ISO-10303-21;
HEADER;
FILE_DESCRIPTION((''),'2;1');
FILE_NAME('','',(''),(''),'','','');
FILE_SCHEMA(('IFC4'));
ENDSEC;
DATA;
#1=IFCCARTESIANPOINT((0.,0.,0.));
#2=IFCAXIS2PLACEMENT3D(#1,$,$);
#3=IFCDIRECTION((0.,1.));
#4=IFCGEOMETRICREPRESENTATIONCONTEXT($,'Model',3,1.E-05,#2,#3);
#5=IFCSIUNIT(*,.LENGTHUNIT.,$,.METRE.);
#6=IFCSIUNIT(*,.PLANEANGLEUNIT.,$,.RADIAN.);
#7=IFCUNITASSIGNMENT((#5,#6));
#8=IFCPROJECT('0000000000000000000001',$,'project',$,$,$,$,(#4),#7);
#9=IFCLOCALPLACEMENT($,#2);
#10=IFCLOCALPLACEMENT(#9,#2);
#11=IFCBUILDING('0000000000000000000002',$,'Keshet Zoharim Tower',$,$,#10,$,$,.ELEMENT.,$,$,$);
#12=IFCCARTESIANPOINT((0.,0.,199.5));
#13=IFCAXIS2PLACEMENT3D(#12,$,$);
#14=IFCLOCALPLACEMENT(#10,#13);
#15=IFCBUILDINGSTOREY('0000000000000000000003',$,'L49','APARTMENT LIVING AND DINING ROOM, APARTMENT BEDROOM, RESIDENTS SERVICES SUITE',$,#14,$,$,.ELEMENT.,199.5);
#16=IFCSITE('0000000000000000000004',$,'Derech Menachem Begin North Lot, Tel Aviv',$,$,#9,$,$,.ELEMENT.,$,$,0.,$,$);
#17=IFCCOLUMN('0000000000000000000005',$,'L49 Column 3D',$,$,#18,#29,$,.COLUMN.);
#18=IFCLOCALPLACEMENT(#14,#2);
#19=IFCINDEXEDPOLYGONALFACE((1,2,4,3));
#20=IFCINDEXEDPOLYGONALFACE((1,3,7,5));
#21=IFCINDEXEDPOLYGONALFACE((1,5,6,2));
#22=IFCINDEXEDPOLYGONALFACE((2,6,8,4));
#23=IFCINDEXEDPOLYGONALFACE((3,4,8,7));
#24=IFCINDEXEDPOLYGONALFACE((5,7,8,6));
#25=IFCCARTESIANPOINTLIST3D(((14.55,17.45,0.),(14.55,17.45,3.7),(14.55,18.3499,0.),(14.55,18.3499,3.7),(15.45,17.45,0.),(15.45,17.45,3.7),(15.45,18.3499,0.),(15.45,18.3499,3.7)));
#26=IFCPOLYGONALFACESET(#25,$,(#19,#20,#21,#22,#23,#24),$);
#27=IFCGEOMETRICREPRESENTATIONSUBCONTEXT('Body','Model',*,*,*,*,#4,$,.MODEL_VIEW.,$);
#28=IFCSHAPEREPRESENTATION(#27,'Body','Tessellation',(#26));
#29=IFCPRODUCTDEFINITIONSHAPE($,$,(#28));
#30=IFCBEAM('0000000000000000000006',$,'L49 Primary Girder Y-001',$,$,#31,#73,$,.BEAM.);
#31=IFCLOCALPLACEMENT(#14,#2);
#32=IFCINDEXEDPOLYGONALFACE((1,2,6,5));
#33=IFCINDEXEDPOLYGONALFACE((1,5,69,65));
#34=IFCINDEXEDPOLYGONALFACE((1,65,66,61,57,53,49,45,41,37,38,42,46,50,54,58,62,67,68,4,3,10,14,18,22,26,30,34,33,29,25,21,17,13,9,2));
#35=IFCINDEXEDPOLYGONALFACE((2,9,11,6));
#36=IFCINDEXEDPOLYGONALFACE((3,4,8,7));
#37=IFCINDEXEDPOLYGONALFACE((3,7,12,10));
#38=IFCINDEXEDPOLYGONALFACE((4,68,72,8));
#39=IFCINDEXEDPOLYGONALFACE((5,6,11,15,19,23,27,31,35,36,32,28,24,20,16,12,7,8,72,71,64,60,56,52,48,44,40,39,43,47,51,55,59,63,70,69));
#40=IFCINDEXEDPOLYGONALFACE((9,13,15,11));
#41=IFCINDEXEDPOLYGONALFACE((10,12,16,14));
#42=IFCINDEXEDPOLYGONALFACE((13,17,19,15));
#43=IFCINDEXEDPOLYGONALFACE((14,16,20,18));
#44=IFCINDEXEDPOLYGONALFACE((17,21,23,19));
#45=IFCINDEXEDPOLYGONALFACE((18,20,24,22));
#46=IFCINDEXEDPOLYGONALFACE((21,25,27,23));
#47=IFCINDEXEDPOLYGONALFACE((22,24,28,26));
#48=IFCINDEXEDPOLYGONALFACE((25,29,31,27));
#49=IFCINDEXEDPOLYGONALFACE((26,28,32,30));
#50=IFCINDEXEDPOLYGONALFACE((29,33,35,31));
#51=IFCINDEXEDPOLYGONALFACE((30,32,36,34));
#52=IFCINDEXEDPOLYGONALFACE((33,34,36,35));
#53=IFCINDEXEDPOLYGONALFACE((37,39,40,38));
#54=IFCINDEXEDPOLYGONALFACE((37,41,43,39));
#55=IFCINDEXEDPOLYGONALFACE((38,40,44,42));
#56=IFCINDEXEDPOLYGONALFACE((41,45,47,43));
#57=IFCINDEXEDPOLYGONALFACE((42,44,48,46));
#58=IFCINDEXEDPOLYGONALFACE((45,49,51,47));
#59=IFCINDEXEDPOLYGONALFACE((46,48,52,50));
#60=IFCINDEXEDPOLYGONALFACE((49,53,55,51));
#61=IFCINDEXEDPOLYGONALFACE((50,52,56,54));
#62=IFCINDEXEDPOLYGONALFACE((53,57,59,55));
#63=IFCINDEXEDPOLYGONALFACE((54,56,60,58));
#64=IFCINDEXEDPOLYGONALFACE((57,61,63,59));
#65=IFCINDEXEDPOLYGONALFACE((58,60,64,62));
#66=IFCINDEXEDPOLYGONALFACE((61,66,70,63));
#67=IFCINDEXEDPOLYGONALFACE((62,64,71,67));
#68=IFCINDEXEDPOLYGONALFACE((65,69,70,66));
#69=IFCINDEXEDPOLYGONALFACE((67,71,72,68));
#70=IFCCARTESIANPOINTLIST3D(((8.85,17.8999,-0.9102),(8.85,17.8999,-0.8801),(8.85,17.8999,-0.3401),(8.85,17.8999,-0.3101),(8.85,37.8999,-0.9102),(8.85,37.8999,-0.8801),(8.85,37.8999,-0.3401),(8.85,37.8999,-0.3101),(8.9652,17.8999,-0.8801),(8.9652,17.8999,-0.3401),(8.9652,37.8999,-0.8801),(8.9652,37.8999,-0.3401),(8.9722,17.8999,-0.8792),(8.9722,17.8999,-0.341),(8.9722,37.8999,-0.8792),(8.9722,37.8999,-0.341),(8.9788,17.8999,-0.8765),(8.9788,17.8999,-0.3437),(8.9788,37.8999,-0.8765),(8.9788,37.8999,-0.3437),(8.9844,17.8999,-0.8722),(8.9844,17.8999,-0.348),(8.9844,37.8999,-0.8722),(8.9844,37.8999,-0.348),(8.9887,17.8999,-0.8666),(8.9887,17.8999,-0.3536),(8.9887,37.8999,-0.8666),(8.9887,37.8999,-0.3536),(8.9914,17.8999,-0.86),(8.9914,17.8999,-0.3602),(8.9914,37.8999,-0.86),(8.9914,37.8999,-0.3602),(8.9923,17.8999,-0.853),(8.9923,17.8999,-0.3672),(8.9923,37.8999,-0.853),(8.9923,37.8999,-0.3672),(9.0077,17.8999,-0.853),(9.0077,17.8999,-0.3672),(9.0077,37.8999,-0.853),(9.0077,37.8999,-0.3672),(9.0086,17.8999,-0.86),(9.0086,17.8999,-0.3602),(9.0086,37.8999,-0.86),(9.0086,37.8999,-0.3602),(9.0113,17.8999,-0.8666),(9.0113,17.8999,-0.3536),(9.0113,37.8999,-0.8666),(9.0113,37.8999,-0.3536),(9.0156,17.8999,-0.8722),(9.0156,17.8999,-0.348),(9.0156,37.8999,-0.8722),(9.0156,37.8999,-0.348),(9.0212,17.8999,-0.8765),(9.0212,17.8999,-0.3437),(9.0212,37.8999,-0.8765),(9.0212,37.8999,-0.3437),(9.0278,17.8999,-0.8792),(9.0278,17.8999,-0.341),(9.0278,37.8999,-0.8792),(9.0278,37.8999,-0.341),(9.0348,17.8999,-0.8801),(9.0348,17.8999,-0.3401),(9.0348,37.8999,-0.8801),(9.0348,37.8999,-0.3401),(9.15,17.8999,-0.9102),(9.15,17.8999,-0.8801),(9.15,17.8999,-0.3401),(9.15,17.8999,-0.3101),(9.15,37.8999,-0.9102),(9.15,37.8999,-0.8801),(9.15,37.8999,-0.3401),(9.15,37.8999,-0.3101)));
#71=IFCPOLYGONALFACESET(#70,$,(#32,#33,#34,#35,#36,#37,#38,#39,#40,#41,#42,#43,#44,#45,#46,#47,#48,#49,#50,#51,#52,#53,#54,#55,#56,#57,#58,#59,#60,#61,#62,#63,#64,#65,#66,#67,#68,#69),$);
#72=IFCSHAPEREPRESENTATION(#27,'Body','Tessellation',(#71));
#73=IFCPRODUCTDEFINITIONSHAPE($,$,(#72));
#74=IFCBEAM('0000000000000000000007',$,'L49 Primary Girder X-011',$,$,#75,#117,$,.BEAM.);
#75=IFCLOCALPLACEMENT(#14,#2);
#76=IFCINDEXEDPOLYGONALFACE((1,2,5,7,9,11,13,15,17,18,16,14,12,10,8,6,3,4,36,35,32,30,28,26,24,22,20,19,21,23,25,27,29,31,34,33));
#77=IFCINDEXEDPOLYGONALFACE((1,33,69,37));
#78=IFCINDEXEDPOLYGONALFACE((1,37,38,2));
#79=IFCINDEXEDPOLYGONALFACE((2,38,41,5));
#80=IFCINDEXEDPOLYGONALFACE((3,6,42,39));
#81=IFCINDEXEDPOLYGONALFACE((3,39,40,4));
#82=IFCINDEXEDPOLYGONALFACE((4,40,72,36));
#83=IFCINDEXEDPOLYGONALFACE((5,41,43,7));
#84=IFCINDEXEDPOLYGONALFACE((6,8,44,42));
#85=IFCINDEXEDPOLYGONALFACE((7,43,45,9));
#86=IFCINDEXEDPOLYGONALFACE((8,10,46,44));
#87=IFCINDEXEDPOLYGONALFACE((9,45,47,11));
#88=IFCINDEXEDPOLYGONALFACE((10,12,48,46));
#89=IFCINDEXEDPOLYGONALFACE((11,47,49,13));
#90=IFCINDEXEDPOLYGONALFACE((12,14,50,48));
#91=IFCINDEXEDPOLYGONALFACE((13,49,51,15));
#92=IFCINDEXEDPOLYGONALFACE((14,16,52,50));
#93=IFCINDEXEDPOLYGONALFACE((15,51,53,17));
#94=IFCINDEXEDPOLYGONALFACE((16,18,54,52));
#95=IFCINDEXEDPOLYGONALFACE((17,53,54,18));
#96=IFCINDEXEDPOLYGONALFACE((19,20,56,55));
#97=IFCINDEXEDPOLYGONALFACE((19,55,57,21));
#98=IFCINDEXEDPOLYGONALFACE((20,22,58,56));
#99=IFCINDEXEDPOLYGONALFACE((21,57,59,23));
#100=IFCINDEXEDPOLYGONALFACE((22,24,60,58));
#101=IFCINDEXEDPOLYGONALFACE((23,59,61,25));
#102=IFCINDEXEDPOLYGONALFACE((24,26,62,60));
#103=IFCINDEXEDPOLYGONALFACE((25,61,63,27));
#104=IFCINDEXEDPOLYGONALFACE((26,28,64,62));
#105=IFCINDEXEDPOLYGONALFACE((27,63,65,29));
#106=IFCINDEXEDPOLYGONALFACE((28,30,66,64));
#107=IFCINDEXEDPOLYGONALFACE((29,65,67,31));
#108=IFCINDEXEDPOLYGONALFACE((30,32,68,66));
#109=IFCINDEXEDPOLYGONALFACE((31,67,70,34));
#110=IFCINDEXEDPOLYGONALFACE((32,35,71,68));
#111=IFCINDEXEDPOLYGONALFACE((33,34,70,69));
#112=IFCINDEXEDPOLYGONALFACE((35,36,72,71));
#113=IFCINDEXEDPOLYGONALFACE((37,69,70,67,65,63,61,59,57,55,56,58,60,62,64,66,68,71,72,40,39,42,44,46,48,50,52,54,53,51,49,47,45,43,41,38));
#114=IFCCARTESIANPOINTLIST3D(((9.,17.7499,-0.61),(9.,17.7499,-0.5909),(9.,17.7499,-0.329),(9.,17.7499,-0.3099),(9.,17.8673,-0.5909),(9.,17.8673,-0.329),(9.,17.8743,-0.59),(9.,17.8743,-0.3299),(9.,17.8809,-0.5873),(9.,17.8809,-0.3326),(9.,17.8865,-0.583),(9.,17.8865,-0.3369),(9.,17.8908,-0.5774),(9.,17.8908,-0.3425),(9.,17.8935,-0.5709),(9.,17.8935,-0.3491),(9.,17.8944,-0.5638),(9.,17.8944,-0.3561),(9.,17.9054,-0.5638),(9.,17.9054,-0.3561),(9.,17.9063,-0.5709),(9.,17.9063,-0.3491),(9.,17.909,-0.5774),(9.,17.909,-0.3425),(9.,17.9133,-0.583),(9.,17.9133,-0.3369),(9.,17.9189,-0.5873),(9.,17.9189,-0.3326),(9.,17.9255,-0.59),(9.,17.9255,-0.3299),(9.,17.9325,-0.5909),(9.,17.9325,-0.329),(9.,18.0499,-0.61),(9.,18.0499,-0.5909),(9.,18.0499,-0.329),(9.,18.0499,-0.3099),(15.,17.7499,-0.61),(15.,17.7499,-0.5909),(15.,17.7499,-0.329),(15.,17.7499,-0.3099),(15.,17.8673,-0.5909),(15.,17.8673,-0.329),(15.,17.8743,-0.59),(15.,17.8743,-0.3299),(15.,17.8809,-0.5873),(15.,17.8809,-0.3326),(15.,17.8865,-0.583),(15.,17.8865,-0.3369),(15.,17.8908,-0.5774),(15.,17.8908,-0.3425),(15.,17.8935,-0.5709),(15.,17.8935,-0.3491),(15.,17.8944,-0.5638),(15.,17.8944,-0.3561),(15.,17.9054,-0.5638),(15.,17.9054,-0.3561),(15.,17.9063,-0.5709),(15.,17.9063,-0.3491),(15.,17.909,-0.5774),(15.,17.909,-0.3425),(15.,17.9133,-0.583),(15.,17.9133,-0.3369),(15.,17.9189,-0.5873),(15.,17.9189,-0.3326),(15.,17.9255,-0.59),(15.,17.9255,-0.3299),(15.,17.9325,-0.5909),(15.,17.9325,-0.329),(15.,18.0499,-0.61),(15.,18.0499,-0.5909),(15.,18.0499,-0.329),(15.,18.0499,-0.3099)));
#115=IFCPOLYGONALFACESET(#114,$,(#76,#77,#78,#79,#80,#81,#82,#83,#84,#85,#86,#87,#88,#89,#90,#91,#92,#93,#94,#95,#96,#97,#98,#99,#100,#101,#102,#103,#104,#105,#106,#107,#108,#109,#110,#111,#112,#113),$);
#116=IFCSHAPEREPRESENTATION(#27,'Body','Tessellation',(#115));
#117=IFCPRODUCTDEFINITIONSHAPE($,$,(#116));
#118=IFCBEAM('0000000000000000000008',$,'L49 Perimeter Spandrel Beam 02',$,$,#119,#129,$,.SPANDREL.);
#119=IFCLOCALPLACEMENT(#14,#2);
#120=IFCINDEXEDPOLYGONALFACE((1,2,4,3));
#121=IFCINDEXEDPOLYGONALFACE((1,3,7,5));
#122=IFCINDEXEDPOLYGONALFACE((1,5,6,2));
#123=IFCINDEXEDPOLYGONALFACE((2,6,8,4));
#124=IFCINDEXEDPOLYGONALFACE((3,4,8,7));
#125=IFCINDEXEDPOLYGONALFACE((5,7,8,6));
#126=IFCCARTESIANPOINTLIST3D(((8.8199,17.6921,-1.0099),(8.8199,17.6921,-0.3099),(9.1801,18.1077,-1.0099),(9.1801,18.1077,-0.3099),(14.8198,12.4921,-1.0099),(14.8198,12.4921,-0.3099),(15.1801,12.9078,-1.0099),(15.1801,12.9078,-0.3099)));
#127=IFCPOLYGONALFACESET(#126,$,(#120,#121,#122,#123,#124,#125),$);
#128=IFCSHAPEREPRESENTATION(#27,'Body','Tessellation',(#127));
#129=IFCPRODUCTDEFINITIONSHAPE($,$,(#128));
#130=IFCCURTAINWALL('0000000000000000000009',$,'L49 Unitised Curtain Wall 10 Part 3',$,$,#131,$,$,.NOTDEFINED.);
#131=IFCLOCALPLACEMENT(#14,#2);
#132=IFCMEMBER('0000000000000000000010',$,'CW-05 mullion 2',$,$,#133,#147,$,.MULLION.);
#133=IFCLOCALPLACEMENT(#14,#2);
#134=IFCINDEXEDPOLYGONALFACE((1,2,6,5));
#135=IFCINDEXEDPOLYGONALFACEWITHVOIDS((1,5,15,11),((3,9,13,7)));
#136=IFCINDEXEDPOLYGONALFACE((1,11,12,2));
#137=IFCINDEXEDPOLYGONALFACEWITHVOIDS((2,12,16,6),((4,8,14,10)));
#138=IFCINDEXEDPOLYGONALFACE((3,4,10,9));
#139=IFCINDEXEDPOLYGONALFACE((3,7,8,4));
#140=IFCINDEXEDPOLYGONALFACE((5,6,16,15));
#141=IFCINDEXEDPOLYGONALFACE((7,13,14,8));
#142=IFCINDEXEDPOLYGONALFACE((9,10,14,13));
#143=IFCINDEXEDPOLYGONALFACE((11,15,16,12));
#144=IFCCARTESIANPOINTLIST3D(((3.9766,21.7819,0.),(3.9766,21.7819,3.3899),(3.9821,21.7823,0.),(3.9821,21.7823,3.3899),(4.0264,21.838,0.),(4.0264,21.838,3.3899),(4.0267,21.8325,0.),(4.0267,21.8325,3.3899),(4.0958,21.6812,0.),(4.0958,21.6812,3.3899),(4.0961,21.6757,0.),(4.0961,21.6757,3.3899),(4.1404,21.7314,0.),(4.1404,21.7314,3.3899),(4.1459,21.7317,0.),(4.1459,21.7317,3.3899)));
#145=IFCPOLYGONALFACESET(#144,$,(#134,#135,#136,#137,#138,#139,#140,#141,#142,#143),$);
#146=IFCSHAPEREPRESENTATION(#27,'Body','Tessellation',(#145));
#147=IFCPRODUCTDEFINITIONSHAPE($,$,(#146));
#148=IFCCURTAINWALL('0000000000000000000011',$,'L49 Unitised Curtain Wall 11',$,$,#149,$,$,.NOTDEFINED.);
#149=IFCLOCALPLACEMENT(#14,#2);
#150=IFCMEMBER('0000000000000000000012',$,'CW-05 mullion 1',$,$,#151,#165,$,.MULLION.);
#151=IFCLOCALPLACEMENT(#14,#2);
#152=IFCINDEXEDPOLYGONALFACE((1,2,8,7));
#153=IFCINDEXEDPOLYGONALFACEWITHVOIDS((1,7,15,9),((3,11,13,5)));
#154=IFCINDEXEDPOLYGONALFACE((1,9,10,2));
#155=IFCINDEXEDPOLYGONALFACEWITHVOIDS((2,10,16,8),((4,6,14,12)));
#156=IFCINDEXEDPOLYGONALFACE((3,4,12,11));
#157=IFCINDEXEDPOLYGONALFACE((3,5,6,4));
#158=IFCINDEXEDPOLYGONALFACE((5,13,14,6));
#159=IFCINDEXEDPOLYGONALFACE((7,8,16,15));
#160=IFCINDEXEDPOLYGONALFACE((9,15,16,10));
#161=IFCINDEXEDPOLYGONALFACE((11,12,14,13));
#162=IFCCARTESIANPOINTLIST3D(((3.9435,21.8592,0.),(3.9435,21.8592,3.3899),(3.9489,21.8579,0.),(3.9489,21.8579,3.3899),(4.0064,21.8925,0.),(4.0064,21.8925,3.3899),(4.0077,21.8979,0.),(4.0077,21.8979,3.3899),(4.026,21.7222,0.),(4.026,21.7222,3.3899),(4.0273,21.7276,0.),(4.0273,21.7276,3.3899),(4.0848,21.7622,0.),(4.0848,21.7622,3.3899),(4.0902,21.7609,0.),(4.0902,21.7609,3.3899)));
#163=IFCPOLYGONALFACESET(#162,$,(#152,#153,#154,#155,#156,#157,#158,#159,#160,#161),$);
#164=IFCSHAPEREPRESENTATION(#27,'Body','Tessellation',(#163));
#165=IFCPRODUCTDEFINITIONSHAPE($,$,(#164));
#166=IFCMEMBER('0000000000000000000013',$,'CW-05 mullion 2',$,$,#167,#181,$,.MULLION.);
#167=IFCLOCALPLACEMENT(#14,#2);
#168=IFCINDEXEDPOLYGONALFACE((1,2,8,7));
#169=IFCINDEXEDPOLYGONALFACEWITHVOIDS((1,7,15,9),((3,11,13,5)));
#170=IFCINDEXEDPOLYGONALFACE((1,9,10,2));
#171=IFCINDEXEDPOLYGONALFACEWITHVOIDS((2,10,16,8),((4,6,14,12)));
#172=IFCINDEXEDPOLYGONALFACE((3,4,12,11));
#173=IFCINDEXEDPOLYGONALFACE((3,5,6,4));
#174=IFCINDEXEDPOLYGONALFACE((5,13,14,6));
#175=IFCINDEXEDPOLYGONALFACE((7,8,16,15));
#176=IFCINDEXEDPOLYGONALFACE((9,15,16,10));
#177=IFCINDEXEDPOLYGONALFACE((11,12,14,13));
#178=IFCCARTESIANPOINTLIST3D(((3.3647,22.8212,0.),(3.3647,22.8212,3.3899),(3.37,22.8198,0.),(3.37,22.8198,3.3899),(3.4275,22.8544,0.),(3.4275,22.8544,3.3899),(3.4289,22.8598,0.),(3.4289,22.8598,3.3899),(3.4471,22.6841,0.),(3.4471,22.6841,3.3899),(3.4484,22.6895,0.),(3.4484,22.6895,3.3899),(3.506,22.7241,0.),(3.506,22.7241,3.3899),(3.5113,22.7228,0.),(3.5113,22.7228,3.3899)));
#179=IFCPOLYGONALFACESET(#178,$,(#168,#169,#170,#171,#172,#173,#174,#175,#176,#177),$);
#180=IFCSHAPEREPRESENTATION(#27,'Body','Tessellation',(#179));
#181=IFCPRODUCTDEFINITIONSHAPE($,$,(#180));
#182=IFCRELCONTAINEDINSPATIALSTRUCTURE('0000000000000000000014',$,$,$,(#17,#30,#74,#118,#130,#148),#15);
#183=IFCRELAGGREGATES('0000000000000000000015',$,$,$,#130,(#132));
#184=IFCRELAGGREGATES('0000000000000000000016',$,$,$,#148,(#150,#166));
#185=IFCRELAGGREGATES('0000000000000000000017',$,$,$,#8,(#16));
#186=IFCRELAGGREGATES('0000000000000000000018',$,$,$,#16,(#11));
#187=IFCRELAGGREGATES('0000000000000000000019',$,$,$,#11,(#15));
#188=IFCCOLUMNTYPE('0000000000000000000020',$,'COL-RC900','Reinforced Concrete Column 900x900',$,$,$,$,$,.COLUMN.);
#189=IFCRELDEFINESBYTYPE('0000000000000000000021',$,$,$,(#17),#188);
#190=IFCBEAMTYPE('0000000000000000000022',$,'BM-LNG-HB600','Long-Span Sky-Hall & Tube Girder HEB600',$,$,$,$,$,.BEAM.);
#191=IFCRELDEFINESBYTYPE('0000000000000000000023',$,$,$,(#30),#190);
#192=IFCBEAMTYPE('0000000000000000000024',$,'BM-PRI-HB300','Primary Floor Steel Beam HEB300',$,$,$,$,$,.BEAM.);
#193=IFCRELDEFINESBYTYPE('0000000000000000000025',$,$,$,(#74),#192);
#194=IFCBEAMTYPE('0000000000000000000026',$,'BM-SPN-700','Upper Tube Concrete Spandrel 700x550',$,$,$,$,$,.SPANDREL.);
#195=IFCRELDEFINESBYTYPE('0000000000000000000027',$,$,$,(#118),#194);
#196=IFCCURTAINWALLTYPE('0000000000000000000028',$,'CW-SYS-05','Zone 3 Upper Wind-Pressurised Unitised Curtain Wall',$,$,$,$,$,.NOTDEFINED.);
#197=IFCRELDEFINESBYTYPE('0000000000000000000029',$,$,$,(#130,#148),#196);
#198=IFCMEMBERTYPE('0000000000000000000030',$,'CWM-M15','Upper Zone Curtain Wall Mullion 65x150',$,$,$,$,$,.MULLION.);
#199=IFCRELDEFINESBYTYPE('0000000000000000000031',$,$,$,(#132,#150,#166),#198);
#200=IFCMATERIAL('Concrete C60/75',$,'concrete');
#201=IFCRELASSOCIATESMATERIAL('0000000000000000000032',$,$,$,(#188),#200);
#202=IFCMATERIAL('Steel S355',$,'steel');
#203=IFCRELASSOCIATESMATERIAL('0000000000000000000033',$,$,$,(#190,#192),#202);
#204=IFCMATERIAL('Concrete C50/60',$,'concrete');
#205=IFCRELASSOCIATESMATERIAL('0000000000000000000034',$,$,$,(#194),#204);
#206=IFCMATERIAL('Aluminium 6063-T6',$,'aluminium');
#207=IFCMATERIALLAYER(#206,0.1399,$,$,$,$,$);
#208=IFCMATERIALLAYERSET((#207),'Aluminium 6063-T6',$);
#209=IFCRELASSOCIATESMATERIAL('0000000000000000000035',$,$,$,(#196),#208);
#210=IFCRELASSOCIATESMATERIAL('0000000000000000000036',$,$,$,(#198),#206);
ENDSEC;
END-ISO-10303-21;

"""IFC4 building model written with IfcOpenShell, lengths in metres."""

from ifc_helpers import new_model, si_unit, direction, frame, origin, origin_2d, place, context, subcontext, project, spatial, rectangle, hollow_rectangle, i_section, extrude, material, layer, layer_set, material_profile, profile_set, type_object, element, aggregate, save


model = new_model("IFC4")

# Units and contexts
model_context = context("Model", 3, precision=1e-05, world=origin(), true_north=direction((0.0, 1.0)))
body_context = subcontext(model_context, "Body", "Model", "MODEL_VIEW")
ifc_project = project(units=[si_unit("LENGTHUNIT", "METRE"), si_unit("PLANEANGLEUNIT", "RADIAN")], contexts=[model_context])

# Site, building, storey
site_placement = place(None, origin())
site = spatial("IfcSite", under=ifc_project, at=site_placement, Name="Derech Menachem Begin North Lot, Tel Aviv", CompositionType="ELEMENT", RefElevation=0.0)
building_placement = place(site_placement, origin())
building = spatial("IfcBuilding", under=site, at=building_placement, Name="Keshet Zoharim Tower", CompositionType="ELEMENT")
storey_placement = place(building_placement, frame((0.0, 0.0, 199.5)))
storey = spatial("IfcBuildingStorey", under=building, at=storey_placement, Name="L49", Description="APARTMENT LIVING AND DINING ROOM, APARTMENT BEDROOM, RESIDENTS SERVICES SUITE", CompositionType="ELEMENT", Elevation=199.5)

# Column
ifc_material_1 = material(Name="Concrete C60/75", Category="concrete")
ifc_material_profile_1 = material_profile(ifc_material_1, rectangle(XDim=0.8999, YDim=0.8999, at=origin_2d()), Name="RC900x900")
ifc_profile_set_1 = profile_set([ifc_material_profile_1], Name="Concrete C60/75")
column_type = type_object("IfcColumnType", Name="COL-RC900", Description="Reinforced Concrete Column 900x900", PredefinedType="COLUMN", material=ifc_profile_set_1)
column_placement = place(storey_placement, frame((15.0, 17.8999, 0.0), z_axis=(0.0, 0.0, 1.0), x_axis=(1.0, 0.0, 0.0)))
element("IfcColumn", 1, at=column_placement, inside=storey, type_object=column_type, Name="L49 Column 3D", PredefinedType="COLUMN", context=body_context, shape_type="SweptSolid", body=[
    extrude(rectangle(XDim=0.8999, YDim=0.8999, at=origin_2d()), origin(), (0.0, 0.0, 1.0), 3.7),
])

# Beams
ifc_material_2 = material(Name="Steel S355", Category="steel")
ifc_material_profile_2 = material_profile(ifc_material_2, i_section(OverallWidth=0.3, OverallDepth=0.6001, WebThickness=0.0154, FlangeThickness=0.03, FilletRadius=0.0271, at=origin_2d()), Name="HEB600")
ifc_profile_set_2 = profile_set([ifc_material_profile_2], Name="Steel S355")
beam_type_1 = type_object("IfcBeamType", Name="BM-LNG-HB600", Description="Long-Span Sky-Hall & Tube Girder HEB600", PredefinedType="BEAM", material=ifc_profile_set_2)
beam_1_placement = place(storey_placement, frame((9.0, 17.8999, -0.6101), z_axis=(0.0, 1.0, 0.0), x_axis=(-1.0, 0.0, 0.0)))
element("IfcBeam", 2, at=beam_1_placement, inside=storey, type_object=beam_type_1, Name="L49 Primary Girder Y-001", PredefinedType="BEAM", context=body_context, shape_type="SweptSolid", body=[
    extrude(i_section(OverallWidth=0.3, OverallDepth=0.6001, WebThickness=0.0154, FlangeThickness=0.03, FilletRadius=0.0271, at=origin_2d()), origin(), (0.0, 0.0, 1.0), 20.0),
])
ifc_material_profile_3 = material_profile(ifc_material_2, i_section(OverallWidth=0.3, OverallDepth=0.3, WebThickness=0.011, FlangeThickness=0.019, FilletRadius=0.0271, at=origin_2d()), Name="HEB300")
ifc_profile_set_3 = profile_set([ifc_material_profile_3], Name="Steel S355")
beam_type_2 = type_object("IfcBeamType", Name="BM-PRI-HB300", Description="Primary Floor Steel Beam HEB300", PredefinedType="BEAM", material=ifc_profile_set_3)
beam_2_placement = place(storey_placement, frame((9.0, 17.8999, -0.46), z_axis=(1.0, 0.0, 0.0), x_axis=(0.0, 1.0, 0.0)))
element("IfcBeam", 3, at=beam_2_placement, inside=storey, type_object=beam_type_2, Name="L49 Primary Girder X-011", PredefinedType="BEAM", context=body_context, shape_type="SweptSolid", body=[
    extrude(i_section(OverallWidth=0.3, OverallDepth=0.3, WebThickness=0.011, FlangeThickness=0.019, FilletRadius=0.0271, at=origin_2d()), origin(), (0.0, 0.0, 1.0), 6.0),
])
ifc_material_3 = material(Name="Concrete C50/60", Category="concrete")
ifc_material_profile_4 = material_profile(ifc_material_3, rectangle(XDim=0.55, YDim=0.7, at=origin_2d()), Name="RC700x550")
ifc_profile_set_4 = profile_set([ifc_material_profile_4], Name="Concrete C50/60")
beam_type_3 = type_object("IfcBeamType", Name="BM-SPN-700", Description="Upper Tube Concrete Spandrel 700x550", PredefinedType="SPANDREL", material=ifc_profile_set_4)
beam_3_placement = place(storey_placement, frame((9.0, 17.8999, -0.6599), z_axis=(0.755692, -0.654927, 0.0), x_axis=(0.654927, 0.755692, 0.0)))
element("IfcBeam", 4, at=beam_3_placement, inside=storey, type_object=beam_type_3, Name="L49 Perimeter Spandrel Beam 02", PredefinedType="SPANDREL", context=body_context, shape_type="SweptSolid", body=[
    extrude(rectangle(XDim=0.55, YDim=0.7, at=origin_2d()), origin(), (0.0, 0.0, 1.0), 7.9397),
])

# Curtain wall, member
ifc_material_4 = material(Name="Aluminium 6063-T6", Category="aluminium")
ifc_layer_1 = layer(ifc_material_4, 0.1399)
ifc_layer_set_1 = layer_set([ifc_layer_1], Name="Aluminium 6063-T6")
curtain_wall_type = type_object("IfcCurtainWallType", Name="CW-SYS-05", Description="Zone 3 Upper Wind-Pressurised Unitised Curtain Wall", PredefinedType="NOTDEFINED", material=ifc_layer_set_1)
curtain_wall_1_placement = place(storey_placement, origin())
curtain_wall_1 = element("IfcCurtainWall", 5, at=curtain_wall_1_placement, inside=storey, type_object=curtain_wall_type, Name="L49 Unitised Curtain Wall 10 Part 3", PredefinedType="NOTDEFINED")
ifc_material_profile_5 = material_profile(ifc_material_4, hollow_rectangle(XDim=0.075, YDim=0.1599, WallThickness=0.0039, at=origin_2d()), Name="MUL-75x160")
ifc_profile_set_5 = profile_set([ifc_material_profile_5], Name="Aluminium 6063-T6")
member_type_1 = type_object("IfcMemberType", Name="CWM-M15", Description="Upper Zone Curtain Wall Mullion 65x150", PredefinedType="MULLION", material=ifc_profile_set_5)
member_1_placement = place(storey_placement, frame((4.0613, 21.7568, 0.0), z_axis=(0.0, 0.0, 1.0), x_axis=(-0.664367, -0.747407, 0.0)))
member_1 = element("IfcMember", 6, at=member_1_placement, type_object=member_type_1, Name="CW-05 mullion 2", PredefinedType="MULLION", context=body_context, shape_type="SweptSolid", body=[
    extrude(hollow_rectangle(XDim=0.075, YDim=0.1599, WallThickness=0.0039, at=origin_2d()), origin(), (0.0, 0.0, 1.0), 3.3899),
])
aggregate(curtain_wall_1, [member_1])

# Curtain wall, members
curtain_wall_2_placement = place(storey_placement, origin())
curtain_wall_2 = element("IfcCurtainWall", 7, at=curtain_wall_2_placement, inside=storey, type_object=curtain_wall_type, Name="L49 Unitised Curtain Wall 11", PredefinedType="NOTDEFINED")
member_2_placement = place(storey_placement, frame((4.0168, 21.8101, 0.0), z_axis=(0.0, 0.0, 1.0), x_axis=(-0.856826, -0.515605, 0.0)))
member_2 = element("IfcMember", 8, at=member_2_placement, type_object=member_type_1, Name="CW-05 mullion 1", PredefinedType="MULLION", context=body_context, shape_type="SweptSolid", body=[
    extrude(hollow_rectangle(XDim=0.075, YDim=0.1599, WallThickness=0.0039, at=origin_2d()), origin(), (0.0, 0.0, 1.0), 3.3899),
])
member_3_placement = place(storey_placement, frame((3.438, 22.772, 0.0), z_axis=(0.0, 0.0, 1.0), x_axis=(-0.856826, -0.515605, 0.0)))
member_3 = element("IfcMember", 9, at=member_3_placement, type_object=member_type_1, Name="CW-05 mullion 2", PredefinedType="MULLION", context=body_context, shape_type="SweptSolid", body=[
    extrude(hollow_rectangle(XDim=0.075, YDim=0.1599, WallThickness=0.0039, at=origin_2d()), origin(), (0.0, 0.0, 1.0), 3.3899),
])

aggregate(curtain_wall_2, [member_2, member_3])

save(model, "model.ifc")
